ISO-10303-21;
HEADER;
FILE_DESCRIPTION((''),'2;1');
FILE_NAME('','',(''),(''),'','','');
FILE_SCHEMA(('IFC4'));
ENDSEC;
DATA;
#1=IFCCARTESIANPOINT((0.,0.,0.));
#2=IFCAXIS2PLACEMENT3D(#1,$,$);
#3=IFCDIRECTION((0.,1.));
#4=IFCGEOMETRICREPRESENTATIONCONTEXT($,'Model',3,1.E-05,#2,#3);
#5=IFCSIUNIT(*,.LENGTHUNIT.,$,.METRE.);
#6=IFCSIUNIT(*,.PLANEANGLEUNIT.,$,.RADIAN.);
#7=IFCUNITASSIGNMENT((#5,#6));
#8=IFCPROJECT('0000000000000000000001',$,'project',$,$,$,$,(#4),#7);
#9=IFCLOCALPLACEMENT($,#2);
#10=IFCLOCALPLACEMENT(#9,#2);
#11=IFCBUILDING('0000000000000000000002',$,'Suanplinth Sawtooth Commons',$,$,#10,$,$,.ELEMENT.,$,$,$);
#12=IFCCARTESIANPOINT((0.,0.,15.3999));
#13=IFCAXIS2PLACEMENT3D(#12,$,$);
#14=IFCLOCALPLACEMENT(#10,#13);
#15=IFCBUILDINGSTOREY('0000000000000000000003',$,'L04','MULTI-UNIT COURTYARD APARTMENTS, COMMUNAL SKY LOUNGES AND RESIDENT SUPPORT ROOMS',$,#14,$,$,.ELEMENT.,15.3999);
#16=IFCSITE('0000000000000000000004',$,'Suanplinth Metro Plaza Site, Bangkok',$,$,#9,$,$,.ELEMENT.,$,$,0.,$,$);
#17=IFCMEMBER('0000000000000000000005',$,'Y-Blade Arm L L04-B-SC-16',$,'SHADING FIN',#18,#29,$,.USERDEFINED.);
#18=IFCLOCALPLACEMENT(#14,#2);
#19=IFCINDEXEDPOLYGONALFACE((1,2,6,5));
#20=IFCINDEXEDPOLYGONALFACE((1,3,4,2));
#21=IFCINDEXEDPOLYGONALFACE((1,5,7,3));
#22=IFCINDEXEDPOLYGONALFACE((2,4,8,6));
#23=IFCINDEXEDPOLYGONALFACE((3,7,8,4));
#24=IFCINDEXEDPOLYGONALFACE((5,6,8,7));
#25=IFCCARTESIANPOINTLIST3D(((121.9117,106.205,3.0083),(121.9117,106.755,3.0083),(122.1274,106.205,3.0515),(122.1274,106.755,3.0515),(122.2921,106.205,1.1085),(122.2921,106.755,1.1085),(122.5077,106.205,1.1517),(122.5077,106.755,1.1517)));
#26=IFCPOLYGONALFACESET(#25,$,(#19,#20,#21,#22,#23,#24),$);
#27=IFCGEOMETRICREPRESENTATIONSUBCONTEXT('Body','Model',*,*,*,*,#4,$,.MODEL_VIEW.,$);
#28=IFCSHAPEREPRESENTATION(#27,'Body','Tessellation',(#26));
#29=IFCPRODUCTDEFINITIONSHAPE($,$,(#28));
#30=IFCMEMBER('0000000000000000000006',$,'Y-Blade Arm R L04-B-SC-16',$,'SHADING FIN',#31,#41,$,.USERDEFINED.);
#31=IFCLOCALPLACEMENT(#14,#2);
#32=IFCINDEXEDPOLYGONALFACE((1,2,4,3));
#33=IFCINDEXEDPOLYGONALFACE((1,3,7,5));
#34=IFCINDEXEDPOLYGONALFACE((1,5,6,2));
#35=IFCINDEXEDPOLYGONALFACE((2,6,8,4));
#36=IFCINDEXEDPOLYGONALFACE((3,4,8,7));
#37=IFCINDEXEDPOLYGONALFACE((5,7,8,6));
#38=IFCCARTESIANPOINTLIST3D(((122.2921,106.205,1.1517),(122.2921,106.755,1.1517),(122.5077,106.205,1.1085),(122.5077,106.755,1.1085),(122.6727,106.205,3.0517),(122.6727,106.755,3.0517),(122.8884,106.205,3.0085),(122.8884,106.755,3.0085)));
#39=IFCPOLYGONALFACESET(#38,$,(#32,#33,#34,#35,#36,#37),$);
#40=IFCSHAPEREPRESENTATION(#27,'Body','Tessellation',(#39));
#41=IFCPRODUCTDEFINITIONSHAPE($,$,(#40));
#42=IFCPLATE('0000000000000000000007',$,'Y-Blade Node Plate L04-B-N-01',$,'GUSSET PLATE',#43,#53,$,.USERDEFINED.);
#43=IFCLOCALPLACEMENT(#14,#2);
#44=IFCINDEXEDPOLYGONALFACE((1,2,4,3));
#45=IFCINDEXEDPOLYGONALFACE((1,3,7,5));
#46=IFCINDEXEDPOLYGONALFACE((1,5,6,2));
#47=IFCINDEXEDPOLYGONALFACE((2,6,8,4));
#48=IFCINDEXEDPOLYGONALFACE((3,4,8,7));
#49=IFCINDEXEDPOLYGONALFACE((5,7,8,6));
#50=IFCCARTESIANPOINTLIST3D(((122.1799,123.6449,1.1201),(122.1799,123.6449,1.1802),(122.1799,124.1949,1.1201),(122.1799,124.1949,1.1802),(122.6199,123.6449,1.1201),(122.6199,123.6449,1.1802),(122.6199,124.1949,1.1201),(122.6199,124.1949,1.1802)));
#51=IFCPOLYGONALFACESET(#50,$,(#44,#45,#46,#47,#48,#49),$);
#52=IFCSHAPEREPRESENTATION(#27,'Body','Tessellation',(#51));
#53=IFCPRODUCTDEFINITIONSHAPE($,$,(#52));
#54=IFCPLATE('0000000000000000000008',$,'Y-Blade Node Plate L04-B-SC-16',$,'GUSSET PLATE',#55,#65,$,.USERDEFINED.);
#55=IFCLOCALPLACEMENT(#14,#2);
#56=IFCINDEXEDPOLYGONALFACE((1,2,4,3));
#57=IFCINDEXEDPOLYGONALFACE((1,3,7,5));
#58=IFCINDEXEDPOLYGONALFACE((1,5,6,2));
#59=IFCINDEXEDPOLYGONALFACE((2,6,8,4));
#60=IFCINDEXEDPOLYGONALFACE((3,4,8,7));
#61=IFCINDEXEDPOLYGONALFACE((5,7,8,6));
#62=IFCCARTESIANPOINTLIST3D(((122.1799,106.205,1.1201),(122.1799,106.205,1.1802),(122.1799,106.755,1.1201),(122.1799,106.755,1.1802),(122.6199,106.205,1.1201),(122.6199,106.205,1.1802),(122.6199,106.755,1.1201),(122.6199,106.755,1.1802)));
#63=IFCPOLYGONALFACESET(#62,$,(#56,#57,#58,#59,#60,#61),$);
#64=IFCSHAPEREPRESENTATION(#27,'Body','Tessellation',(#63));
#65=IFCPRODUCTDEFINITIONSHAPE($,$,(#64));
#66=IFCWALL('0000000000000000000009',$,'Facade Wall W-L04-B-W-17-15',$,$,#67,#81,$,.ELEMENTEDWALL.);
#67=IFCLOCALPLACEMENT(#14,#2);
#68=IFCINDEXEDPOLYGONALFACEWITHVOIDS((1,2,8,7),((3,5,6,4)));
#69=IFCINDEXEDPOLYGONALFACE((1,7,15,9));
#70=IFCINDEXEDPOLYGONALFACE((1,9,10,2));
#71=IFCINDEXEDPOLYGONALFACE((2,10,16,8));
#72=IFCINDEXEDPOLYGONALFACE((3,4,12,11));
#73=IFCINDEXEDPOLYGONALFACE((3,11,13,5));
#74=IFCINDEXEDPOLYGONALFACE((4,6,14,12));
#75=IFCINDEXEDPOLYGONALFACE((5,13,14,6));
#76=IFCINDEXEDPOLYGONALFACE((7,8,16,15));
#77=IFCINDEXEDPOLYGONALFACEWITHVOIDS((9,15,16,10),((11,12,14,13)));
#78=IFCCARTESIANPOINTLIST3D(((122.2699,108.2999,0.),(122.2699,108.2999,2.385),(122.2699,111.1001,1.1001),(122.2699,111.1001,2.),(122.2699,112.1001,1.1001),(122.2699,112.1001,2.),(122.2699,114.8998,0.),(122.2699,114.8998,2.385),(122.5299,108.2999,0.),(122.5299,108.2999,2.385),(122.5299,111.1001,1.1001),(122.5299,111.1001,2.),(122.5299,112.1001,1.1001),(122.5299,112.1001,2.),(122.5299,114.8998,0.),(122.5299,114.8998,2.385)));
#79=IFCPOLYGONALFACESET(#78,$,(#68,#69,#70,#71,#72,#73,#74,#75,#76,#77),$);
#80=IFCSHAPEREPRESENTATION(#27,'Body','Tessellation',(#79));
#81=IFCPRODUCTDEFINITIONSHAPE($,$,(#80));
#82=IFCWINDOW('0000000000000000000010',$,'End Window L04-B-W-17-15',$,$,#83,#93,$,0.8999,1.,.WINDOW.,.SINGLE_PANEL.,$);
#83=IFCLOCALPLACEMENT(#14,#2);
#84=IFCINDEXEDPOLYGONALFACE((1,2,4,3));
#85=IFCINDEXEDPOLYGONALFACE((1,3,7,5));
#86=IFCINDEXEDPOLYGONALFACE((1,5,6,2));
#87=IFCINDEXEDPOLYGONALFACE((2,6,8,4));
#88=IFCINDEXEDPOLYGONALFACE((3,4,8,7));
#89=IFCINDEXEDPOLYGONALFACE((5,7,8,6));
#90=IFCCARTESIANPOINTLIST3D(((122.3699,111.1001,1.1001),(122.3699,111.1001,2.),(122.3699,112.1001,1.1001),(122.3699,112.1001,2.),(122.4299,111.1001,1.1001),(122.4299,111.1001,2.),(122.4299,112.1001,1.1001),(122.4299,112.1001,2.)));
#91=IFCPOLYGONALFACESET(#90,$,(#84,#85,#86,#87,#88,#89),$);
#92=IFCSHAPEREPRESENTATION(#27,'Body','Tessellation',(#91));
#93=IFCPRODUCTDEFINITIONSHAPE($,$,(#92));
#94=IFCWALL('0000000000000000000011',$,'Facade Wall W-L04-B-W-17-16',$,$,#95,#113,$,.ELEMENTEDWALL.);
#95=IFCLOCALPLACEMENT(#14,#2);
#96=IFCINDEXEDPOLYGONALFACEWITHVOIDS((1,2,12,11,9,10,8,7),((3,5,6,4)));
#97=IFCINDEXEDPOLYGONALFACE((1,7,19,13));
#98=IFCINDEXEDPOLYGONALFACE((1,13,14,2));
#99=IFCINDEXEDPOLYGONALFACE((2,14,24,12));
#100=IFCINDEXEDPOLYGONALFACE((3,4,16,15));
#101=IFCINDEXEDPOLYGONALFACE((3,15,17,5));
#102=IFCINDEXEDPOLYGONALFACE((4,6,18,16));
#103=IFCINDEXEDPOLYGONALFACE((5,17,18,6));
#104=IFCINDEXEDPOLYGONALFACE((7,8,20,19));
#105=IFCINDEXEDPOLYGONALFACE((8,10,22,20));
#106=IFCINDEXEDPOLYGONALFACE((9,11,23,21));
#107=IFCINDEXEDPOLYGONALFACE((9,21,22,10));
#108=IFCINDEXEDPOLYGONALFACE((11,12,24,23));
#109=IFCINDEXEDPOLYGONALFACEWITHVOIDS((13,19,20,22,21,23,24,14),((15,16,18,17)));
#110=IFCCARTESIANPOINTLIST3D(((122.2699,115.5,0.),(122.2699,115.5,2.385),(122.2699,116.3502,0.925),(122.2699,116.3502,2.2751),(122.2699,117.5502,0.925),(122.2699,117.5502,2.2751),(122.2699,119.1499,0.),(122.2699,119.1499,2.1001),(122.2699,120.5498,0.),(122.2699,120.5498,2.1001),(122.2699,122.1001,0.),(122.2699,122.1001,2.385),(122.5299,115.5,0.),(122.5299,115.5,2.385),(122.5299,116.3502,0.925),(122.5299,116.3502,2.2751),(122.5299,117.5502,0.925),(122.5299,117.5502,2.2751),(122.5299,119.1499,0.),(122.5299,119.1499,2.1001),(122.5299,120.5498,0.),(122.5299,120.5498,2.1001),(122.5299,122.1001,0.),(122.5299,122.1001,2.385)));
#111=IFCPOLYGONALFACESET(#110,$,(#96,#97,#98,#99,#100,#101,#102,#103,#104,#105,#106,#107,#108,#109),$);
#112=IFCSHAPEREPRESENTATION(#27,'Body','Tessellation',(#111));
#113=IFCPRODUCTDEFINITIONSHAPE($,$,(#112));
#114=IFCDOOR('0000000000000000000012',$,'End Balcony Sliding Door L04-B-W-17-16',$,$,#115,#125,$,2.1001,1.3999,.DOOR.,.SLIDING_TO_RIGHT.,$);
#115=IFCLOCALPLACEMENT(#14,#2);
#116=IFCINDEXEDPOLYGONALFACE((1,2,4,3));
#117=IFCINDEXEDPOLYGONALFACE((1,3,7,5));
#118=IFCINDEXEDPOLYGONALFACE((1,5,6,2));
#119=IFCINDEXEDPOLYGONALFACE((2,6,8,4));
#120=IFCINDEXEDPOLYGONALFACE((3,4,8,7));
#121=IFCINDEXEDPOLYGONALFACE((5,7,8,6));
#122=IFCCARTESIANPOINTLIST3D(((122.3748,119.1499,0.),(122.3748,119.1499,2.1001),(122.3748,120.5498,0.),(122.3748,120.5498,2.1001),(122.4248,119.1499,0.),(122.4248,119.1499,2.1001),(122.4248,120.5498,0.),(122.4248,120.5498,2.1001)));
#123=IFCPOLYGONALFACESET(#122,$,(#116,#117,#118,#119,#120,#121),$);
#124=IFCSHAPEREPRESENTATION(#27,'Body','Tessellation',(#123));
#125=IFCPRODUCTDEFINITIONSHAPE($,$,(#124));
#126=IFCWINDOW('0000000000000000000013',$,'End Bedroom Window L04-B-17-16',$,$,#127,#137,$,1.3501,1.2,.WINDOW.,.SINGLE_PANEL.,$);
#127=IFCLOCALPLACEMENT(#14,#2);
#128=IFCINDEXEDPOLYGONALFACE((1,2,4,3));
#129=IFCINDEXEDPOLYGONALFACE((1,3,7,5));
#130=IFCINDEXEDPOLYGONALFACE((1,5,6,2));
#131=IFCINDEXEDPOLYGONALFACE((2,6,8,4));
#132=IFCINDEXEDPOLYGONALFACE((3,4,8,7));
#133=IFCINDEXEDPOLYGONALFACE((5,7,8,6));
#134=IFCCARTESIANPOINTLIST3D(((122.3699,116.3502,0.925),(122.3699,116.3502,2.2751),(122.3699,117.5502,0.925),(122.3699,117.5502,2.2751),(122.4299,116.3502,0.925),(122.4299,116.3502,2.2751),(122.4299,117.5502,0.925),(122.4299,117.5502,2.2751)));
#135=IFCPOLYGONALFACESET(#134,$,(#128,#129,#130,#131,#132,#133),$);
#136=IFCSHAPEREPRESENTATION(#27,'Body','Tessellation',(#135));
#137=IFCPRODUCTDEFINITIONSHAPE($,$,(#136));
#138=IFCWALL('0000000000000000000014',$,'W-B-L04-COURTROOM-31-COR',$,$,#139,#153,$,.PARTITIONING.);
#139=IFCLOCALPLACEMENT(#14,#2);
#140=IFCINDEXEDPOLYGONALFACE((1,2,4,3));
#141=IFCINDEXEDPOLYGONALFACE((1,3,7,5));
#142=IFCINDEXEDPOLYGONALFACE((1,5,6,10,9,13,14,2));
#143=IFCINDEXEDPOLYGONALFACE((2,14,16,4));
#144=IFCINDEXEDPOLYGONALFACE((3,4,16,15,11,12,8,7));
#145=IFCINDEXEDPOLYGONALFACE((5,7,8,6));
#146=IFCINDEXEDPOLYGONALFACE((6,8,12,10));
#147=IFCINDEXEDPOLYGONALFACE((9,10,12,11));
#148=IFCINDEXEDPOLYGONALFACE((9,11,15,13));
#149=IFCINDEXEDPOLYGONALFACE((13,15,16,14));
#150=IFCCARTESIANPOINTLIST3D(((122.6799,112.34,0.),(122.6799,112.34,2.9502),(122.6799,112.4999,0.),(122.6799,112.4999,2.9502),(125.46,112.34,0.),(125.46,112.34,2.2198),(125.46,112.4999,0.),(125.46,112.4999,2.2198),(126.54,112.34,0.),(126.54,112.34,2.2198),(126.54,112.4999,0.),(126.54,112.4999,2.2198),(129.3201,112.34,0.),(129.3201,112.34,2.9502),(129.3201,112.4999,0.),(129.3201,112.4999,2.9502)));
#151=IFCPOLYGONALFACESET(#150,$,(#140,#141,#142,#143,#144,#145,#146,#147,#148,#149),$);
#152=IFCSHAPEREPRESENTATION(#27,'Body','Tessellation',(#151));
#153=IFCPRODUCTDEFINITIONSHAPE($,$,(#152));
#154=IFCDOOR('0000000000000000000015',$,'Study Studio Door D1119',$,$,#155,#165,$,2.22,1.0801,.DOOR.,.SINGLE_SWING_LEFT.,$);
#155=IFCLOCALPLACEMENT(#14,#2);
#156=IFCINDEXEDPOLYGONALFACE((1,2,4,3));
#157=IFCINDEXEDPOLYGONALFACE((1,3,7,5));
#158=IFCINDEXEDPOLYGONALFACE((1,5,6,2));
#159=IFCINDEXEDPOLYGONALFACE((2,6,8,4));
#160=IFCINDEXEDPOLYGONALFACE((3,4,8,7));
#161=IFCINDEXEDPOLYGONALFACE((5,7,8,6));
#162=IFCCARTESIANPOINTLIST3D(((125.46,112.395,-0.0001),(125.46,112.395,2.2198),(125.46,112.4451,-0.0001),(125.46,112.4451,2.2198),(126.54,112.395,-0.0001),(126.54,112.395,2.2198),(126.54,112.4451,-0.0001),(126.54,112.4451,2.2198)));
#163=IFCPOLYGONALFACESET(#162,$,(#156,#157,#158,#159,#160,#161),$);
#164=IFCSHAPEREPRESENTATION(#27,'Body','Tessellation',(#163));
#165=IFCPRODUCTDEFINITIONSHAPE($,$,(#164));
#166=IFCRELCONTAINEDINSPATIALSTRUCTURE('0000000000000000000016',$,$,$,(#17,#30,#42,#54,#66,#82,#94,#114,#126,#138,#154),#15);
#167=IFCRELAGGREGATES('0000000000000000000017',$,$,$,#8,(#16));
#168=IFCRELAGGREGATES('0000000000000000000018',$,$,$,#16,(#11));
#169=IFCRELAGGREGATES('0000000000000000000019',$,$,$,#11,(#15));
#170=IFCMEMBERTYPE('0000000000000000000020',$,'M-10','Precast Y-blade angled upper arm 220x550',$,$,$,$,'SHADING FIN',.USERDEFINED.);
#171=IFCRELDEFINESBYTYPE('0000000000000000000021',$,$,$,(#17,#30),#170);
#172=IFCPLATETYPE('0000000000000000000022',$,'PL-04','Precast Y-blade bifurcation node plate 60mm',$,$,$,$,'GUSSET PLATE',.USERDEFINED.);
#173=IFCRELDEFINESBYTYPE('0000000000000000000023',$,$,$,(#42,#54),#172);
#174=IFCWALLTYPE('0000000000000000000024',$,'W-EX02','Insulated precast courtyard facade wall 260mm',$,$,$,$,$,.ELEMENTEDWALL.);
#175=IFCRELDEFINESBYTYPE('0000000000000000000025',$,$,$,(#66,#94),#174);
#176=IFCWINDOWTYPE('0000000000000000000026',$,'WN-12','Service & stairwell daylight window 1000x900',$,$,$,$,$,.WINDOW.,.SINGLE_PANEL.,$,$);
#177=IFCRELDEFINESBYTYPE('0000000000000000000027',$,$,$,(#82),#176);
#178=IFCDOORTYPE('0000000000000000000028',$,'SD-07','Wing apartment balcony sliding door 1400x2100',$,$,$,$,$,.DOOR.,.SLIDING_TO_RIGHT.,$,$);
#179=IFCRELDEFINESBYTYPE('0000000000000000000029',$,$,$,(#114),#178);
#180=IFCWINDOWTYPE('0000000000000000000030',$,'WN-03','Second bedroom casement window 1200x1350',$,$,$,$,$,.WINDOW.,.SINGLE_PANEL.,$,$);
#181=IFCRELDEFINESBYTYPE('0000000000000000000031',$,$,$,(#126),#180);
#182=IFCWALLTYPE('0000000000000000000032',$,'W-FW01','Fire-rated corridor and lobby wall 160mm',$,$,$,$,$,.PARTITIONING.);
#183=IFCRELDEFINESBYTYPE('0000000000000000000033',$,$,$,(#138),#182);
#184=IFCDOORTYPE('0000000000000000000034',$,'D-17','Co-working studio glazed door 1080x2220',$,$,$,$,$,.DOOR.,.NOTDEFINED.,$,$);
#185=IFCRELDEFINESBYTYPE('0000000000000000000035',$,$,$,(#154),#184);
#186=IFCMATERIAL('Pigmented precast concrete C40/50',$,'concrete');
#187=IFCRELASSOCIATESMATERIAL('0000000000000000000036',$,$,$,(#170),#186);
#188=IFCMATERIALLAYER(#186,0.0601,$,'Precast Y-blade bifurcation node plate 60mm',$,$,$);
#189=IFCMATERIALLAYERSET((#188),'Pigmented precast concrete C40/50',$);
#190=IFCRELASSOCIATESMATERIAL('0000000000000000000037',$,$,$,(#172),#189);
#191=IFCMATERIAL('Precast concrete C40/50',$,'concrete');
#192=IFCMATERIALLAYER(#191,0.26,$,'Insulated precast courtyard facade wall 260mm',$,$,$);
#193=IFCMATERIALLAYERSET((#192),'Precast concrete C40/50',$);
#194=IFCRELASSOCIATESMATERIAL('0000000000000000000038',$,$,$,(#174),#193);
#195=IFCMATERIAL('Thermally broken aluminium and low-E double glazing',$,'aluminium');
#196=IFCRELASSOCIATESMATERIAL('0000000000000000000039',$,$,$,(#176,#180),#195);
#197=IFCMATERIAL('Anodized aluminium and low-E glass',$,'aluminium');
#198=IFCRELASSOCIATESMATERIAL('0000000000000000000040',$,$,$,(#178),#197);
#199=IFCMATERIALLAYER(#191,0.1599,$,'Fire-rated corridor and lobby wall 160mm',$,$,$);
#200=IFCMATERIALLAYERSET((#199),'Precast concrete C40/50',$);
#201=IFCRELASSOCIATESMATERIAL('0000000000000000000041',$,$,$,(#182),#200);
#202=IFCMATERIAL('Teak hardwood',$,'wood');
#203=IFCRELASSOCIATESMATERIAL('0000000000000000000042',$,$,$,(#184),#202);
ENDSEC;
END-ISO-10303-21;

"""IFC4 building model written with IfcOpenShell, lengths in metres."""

from ifc_helpers import new_model, si_unit, direction, frame, frame_2d, origin, origin_2d, place, context, subcontext, project, spatial, rectangle, extrude, material, layer, layer_set, material_profile, profile_set, type_object, element, fill, save


model = new_model("IFC4")

# Units and contexts
model_context = context("Model", 3, precision=1e-05, world=origin(), true_north=direction((0.0, 1.0)))
body_context = subcontext(model_context, "Body", "Model", "MODEL_VIEW")
ifc_project = project(units=[si_unit("LENGTHUNIT", "METRE"), si_unit("PLANEANGLEUNIT", "RADIAN")], contexts=[model_context])

# Site, building, storey
site_placement = place(None, origin())
site = spatial("IfcSite", under=ifc_project, at=site_placement, Name="Suanplinth Metro Plaza Site, Bangkok", CompositionType="ELEMENT", RefElevation=0.0)
building_placement = place(site_placement, origin())
building = spatial("IfcBuilding", under=site, at=building_placement, Name="Suanplinth Sawtooth Commons", CompositionType="ELEMENT")
storey_placement = place(building_placement, frame((0.0, 0.0, 15.3999)))
storey = spatial("IfcBuildingStorey", under=building, at=storey_placement, Name="L04", Description="MULTI-UNIT COURTYARD APARTMENTS, COMMUNAL SKY LOUNGES AND RESIDENT SUPPORT ROOMS", CompositionType="ELEMENT", Elevation=15.3999)

# Shared definitions
ifc_material_1 = material(Name="Precast concrete C40/50", Category="concrete")

# Members
ifc_material_2 = material(Name="Pigmented precast concrete C40/50", Category="concrete")
ifc_material_profile_1 = material_profile(ifc_material_2, rectangle(XDim=0.22, YDim=0.55, at=origin_2d()), Name="PC-FIN 220x550")
ifc_profile_set_1 = profile_set([ifc_material_profile_1], Name="Pigmented precast concrete C40/50")
member_type_1 = type_object("IfcMemberType", Name="M-10", Description="Precast Y-blade angled upper arm 220x550", ElementType="SHADING FIN", PredefinedType="USERDEFINED", material=ifc_profile_set_1)
member_1_placement = place(storey_placement, frame((122.3999, 106.48, 1.1301), z_axis=(-0.19631, 0.0, 0.980542), x_axis=(0.980542, 0.0, 0.19631)))
element("IfcMember", 1, at=member_1_placement, inside=storey, type_object=member_type_1, Name="Y-Blade Arm L L04-B-SC-16", ObjectType="SHADING FIN", PredefinedType="USERDEFINED", context=body_context, shape_type="SweptSolid", body=[
    extrude(rectangle(XDim=0.22, YDim=0.55, at=origin_2d()), origin(), (0.0, 0.0, 1.0), 1.9375),
])
member_2_placement = place(storey_placement, frame((122.3999, 106.48, 1.1301), z_axis=(0.196431, 0.0, 0.980518), x_axis=(-0.980518, 0.0, 0.196431)))
element("IfcMember", 2, at=member_2_placement, inside=storey, type_object=member_type_1, Name="Y-Blade Arm R L04-B-SC-16", ObjectType="SHADING FIN", PredefinedType="USERDEFINED", context=body_context, shape_type="SweptSolid", body=[
    extrude(rectangle(XDim=0.22, YDim=0.55, at=origin_2d()), origin(), (0.0, 0.0, 1.0), 1.9377),
])

# Plates
ifc_layer_1 = layer(ifc_material_2, 0.0601, Name="Precast Y-blade bifurcation node plate 60mm")
ifc_layer_set_1 = layer_set([ifc_layer_1], Name="Pigmented precast concrete C40/50")
plate_type = type_object("IfcPlateType", Name="PL-04", Description="Precast Y-blade bifurcation node plate 60mm", ElementType="GUSSET PLATE", PredefinedType="USERDEFINED", material=ifc_layer_set_1)
for number, where, z_axis, x_axis, name in (
    (3, (122.3999, 123.9199, 1.1201), (0.0, 0.0, 1.0), (1.0, 0.0, 0.0), "Y-Blade Node Plate L04-B-N-01"),
    (4, (122.3999, 106.48, 1.1201), (0.0, 0.0, 1.0), (1.0, 0.0, 0.0), "Y-Blade Node Plate L04-B-SC-16"),
):
    element("IfcPlate", number, at=place(storey_placement, frame(where, z_axis=z_axis, x_axis=x_axis)), inside=storey, type_object=plate_type, Name=name, ObjectType="GUSSET PLATE", PredefinedType="USERDEFINED", context=body_context, shape_type="SweptSolid", body=[
        extrude(rectangle(XDim=0.4399, YDim=0.55, at=origin_2d()), origin(), (0.0, 0.0, 1.0), 0.0601),
    ])

# Shared definitions
ifc_layer_2 = layer(ifc_material_1, 0.26, Name="Insulated precast courtyard facade wall 260mm")
ifc_layer_set_2 = layer_set([ifc_layer_2], Name="Precast concrete C40/50")
wall_type_1 = type_object("IfcWallType", Name="W-EX02", Description="Insulated precast courtyard facade wall 260mm", PredefinedType="ELEMENTEDWALL", material=ifc_layer_set_2)
ifc_material_3 = material(Name="Anodized aluminium and low-E glass", Category="aluminium")
ifc_material_4 = material(Name="Thermally broken aluminium and low-E double glazing", Category="aluminium")

# Wall, opening, window
wall_1_placement = place(storey_placement, frame((122.3999, 108.3, 0.0), z_axis=(0.0, 0.0, 1.0), x_axis=(0.0, 1.0, 0.0)))
wall_1 = element("IfcWall", 5, at=wall_1_placement, inside=storey, type_object=wall_type_1, Name="Facade Wall W-L04-B-W-17-15", PredefinedType="ELEMENTEDWALL", context=body_context, shape_type="SweptSolid", body=[
    extrude(rectangle(XDim=6.5999, YDim=0.26, at=frame_2d((3.2998, 0.0))), origin(), (0.0, 0.0, 1.0), 2.385),
])
opening_1_placement = place(wall_1_placement, frame((2.8, 0.0, 1.1001)))
opening_1 = element("IfcOpeningElement", 6, at=opening_1_placement, cuts=wall_1, PredefinedType="OPENING", context=body_context, shape_type="SweptSolid", body=[
    extrude(rectangle(XDim=1.0, YDim=0.8999, at=frame_2d((0.5, 0.45))), frame((0.0, 0.145, 0.0), z_axis=(0.0, -1.0, 0.0), x_axis=(1.0, 0.0, 0.0)), (0.0, 0.0, 1.0), 0.2898),
])
window_type_1 = type_object("IfcWindowType", Name="WN-12", Description="Service & stairwell daylight window 1000x900", PartitioningType="SINGLE_PANEL", PredefinedType="WINDOW", material=ifc_material_4)
window_1_placement = place(opening_1_placement, origin())
window_1 = element("IfcWindow", 7, at=window_1_placement, inside=storey, type_object=window_type_1, Name="End Window L04-B-W-17-15", OverallHeight=0.8999, OverallWidth=1.0, PartitioningType="SINGLE_PANEL", PredefinedType="WINDOW", context=body_context, shape_type="SweptSolid", body=[
    extrude(rectangle(XDim=1.0, YDim=0.8999, at=frame_2d((0.5, 0.45))), frame((0.0, 0.03, 0.0), z_axis=(0.0, -1.0, 0.0), x_axis=(1.0, 0.0, 0.0)), (0.0, 0.0, 1.0), 0.0601),
])
fill(opening_1, window_1)

# Wall, openings, door, window
wall_2_placement = place(storey_placement, frame((122.3999, 115.5, 0.0), z_axis=(0.0, 0.0, 1.0), x_axis=(0.0, 1.0, 0.0)))
wall_2 = element("IfcWall", 8, at=wall_2_placement, inside=storey, type_object=wall_type_1, Name="Facade Wall W-L04-B-W-17-16", PredefinedType="ELEMENTEDWALL", context=body_context, shape_type="SweptSolid", body=[
    extrude(rectangle(XDim=6.6001, YDim=0.26, at=frame_2d((3.3, 0.0))), origin(), (0.0, 0.0, 1.0), 2.385),
])
opening_2_placement = place(wall_2_placement, frame((3.6499, 0.0, 0.0)))
opening_2 = element("IfcOpeningElement", 9, at=opening_2_placement, cuts=wall_2, PredefinedType="OPENING", context=body_context, shape_type="SweptSolid", body=[
    extrude(rectangle(XDim=1.3999, YDim=2.1001, at=frame_2d((0.7, 1.05))), frame((0.0, 0.145, 0.0), z_axis=(0.0, -1.0, 0.0), x_axis=(1.0, 0.0, 0.0)), (0.0, 0.0, 1.0), 0.2898),
])
opening_3_placement = place(wall_2_placement, frame((0.8501, 0.0, 0.925)))
opening_3 = element("IfcOpeningElement", 10, at=opening_3_placement, cuts=wall_2, PredefinedType="OPENING", context=body_context, shape_type="SweptSolid", body=[
    extrude(rectangle(XDim=1.2, YDim=1.3501, at=frame_2d((0.6001, 0.675))), frame((0.0, 0.145, 0.0), z_axis=(0.0, -1.0, 0.0), x_axis=(1.0, 0.0, 0.0)), (0.0, 0.0, 1.0), 0.2898),
])
door_type_1 = type_object("IfcDoorType", Name="SD-07", Description="Wing apartment balcony sliding door 1400x2100", OperationType="SLIDING_TO_RIGHT", PredefinedType="DOOR", material=ifc_material_3)
door_1_placement = place(opening_2_placement, frame((1.3999, 0.0, 0.0), z_axis=(0.0, 0.0, 1.0), x_axis=(-1.0, 0.0, 0.0)))
door_1 = element("IfcDoor", 11, at=door_1_placement, inside=storey, type_object=door_type_1, Name="End Balcony Sliding Door L04-B-W-17-16", OperationType="SLIDING_TO_RIGHT", OverallHeight=2.1001, OverallWidth=1.3999, PredefinedType="DOOR", context=body_context, shape_type="SweptSolid", body=[
    extrude(rectangle(XDim=1.3999, YDim=2.1001, at=frame_2d((0.7, 1.05))), frame((0.0, 0.0249, 0.0), z_axis=(0.0, -1.0, 0.0), x_axis=(1.0, 0.0, 0.0)), (0.0, 0.0, 1.0), 0.05),
])
fill(opening_2, door_1)
window_type_2 = type_object("IfcWindowType", Name="WN-03", Description="Second bedroom casement window 1200x1350", PartitioningType="SINGLE_PANEL", PredefinedType="WINDOW", material=ifc_material_4)
window_2_placement = place(opening_3_placement, origin())
window_2 = element("IfcWindow", 12, at=window_2_placement, inside=storey, type_object=window_type_2, Name="End Bedroom Window L04-B-17-16", OverallHeight=1.3501, OverallWidth=1.2, PartitioningType="SINGLE_PANEL", PredefinedType="WINDOW", context=body_context, shape_type="SweptSolid", body=[
    extrude(rectangle(XDim=1.2, YDim=1.3501, at=frame_2d((0.6001, 0.675))), frame((0.0, 0.03, 0.0), z_axis=(0.0, -1.0, 0.0), x_axis=(1.0, 0.0, 0.0)), (0.0, 0.0, 1.0), 0.0601),
])
fill(opening_3, window_2)

# Wall, opening, door
ifc_layer_3 = layer(ifc_material_1, 0.1599, Name="Fire-rated corridor and lobby wall 160mm")
ifc_layer_set_3 = layer_set([ifc_layer_3], Name="Precast concrete C40/50")
wall_type_2 = type_object("IfcWallType", Name="W-FW01", Description="Fire-rated corridor and lobby wall 160mm", PredefinedType="PARTITIONING", material=ifc_layer_set_3)
wall_3_placement = place(storey_placement, frame((122.6799, 112.4199, 0.0), z_axis=(0.0, 0.0, 1.0), x_axis=(1.0, 0.0, 0.0)))
wall_3 = element("IfcWall", 13, at=wall_3_placement, inside=storey, type_object=wall_type_2, Name="W-B-L04-COURTROOM-31-COR", PredefinedType="PARTITIONING", context=body_context, shape_type="SweptSolid", body=[
    extrude(rectangle(XDim=6.6401, YDim=0.1599, at=frame_2d((3.3201, 0.0))), origin(), (0.0, 0.0, 1.0), 2.9502),
])
opening_4_placement = place(wall_3_placement, frame((2.78, 0.0, 0.0)))
opening_4 = element("IfcOpeningElement", 14, at=opening_4_placement, cuts=wall_3, PredefinedType="OPENING", context=body_context, shape_type="SweptSolid", body=[
    extrude(rectangle(XDim=1.0801, YDim=2.22, at=frame_2d((0.54, 1.1099))), frame((0.0, 0.0947, 0.0), z_axis=(0.0, -1.0, 0.0), x_axis=(1.0, 0.0, 0.0)), (0.0, 0.0, 1.0), 0.1897),
])
ifc_material_5 = material(Name="Teak hardwood", Category="wood")
door_type_2 = type_object("IfcDoorType", Name="D-17", Description="Co-working studio glazed door 1080x2220", OperationType="NOTDEFINED", PredefinedType="DOOR", material=ifc_material_5)
door_2_placement = place(opening_4_placement, frame((1.0801, 0.0, 0.0), z_axis=(0.0, 0.0, 1.0), x_axis=(-1.0, 0.0, 0.0)))
door_2 = element("IfcDoor", 15, at=door_2_placement, inside=storey, type_object=door_type_2, Name="Study Studio Door D1119", OperationType="SINGLE_SWING_LEFT", OverallHeight=2.22, OverallWidth=1.0801, PredefinedType="DOOR", context=body_context, shape_type="SweptSolid", body=[
    extrude(rectangle(XDim=1.0801, YDim=2.22, at=frame_2d((0.54, 1.1099))), frame((0.0, 0.0249, 0.0), z_axis=(0.0, -1.0, 0.0), x_axis=(1.0, 0.0, 0.0)), (0.0, 0.0, 1.0), 0.05),
])
fill(opening_4, door_2)

save(model, "model.ifc")
